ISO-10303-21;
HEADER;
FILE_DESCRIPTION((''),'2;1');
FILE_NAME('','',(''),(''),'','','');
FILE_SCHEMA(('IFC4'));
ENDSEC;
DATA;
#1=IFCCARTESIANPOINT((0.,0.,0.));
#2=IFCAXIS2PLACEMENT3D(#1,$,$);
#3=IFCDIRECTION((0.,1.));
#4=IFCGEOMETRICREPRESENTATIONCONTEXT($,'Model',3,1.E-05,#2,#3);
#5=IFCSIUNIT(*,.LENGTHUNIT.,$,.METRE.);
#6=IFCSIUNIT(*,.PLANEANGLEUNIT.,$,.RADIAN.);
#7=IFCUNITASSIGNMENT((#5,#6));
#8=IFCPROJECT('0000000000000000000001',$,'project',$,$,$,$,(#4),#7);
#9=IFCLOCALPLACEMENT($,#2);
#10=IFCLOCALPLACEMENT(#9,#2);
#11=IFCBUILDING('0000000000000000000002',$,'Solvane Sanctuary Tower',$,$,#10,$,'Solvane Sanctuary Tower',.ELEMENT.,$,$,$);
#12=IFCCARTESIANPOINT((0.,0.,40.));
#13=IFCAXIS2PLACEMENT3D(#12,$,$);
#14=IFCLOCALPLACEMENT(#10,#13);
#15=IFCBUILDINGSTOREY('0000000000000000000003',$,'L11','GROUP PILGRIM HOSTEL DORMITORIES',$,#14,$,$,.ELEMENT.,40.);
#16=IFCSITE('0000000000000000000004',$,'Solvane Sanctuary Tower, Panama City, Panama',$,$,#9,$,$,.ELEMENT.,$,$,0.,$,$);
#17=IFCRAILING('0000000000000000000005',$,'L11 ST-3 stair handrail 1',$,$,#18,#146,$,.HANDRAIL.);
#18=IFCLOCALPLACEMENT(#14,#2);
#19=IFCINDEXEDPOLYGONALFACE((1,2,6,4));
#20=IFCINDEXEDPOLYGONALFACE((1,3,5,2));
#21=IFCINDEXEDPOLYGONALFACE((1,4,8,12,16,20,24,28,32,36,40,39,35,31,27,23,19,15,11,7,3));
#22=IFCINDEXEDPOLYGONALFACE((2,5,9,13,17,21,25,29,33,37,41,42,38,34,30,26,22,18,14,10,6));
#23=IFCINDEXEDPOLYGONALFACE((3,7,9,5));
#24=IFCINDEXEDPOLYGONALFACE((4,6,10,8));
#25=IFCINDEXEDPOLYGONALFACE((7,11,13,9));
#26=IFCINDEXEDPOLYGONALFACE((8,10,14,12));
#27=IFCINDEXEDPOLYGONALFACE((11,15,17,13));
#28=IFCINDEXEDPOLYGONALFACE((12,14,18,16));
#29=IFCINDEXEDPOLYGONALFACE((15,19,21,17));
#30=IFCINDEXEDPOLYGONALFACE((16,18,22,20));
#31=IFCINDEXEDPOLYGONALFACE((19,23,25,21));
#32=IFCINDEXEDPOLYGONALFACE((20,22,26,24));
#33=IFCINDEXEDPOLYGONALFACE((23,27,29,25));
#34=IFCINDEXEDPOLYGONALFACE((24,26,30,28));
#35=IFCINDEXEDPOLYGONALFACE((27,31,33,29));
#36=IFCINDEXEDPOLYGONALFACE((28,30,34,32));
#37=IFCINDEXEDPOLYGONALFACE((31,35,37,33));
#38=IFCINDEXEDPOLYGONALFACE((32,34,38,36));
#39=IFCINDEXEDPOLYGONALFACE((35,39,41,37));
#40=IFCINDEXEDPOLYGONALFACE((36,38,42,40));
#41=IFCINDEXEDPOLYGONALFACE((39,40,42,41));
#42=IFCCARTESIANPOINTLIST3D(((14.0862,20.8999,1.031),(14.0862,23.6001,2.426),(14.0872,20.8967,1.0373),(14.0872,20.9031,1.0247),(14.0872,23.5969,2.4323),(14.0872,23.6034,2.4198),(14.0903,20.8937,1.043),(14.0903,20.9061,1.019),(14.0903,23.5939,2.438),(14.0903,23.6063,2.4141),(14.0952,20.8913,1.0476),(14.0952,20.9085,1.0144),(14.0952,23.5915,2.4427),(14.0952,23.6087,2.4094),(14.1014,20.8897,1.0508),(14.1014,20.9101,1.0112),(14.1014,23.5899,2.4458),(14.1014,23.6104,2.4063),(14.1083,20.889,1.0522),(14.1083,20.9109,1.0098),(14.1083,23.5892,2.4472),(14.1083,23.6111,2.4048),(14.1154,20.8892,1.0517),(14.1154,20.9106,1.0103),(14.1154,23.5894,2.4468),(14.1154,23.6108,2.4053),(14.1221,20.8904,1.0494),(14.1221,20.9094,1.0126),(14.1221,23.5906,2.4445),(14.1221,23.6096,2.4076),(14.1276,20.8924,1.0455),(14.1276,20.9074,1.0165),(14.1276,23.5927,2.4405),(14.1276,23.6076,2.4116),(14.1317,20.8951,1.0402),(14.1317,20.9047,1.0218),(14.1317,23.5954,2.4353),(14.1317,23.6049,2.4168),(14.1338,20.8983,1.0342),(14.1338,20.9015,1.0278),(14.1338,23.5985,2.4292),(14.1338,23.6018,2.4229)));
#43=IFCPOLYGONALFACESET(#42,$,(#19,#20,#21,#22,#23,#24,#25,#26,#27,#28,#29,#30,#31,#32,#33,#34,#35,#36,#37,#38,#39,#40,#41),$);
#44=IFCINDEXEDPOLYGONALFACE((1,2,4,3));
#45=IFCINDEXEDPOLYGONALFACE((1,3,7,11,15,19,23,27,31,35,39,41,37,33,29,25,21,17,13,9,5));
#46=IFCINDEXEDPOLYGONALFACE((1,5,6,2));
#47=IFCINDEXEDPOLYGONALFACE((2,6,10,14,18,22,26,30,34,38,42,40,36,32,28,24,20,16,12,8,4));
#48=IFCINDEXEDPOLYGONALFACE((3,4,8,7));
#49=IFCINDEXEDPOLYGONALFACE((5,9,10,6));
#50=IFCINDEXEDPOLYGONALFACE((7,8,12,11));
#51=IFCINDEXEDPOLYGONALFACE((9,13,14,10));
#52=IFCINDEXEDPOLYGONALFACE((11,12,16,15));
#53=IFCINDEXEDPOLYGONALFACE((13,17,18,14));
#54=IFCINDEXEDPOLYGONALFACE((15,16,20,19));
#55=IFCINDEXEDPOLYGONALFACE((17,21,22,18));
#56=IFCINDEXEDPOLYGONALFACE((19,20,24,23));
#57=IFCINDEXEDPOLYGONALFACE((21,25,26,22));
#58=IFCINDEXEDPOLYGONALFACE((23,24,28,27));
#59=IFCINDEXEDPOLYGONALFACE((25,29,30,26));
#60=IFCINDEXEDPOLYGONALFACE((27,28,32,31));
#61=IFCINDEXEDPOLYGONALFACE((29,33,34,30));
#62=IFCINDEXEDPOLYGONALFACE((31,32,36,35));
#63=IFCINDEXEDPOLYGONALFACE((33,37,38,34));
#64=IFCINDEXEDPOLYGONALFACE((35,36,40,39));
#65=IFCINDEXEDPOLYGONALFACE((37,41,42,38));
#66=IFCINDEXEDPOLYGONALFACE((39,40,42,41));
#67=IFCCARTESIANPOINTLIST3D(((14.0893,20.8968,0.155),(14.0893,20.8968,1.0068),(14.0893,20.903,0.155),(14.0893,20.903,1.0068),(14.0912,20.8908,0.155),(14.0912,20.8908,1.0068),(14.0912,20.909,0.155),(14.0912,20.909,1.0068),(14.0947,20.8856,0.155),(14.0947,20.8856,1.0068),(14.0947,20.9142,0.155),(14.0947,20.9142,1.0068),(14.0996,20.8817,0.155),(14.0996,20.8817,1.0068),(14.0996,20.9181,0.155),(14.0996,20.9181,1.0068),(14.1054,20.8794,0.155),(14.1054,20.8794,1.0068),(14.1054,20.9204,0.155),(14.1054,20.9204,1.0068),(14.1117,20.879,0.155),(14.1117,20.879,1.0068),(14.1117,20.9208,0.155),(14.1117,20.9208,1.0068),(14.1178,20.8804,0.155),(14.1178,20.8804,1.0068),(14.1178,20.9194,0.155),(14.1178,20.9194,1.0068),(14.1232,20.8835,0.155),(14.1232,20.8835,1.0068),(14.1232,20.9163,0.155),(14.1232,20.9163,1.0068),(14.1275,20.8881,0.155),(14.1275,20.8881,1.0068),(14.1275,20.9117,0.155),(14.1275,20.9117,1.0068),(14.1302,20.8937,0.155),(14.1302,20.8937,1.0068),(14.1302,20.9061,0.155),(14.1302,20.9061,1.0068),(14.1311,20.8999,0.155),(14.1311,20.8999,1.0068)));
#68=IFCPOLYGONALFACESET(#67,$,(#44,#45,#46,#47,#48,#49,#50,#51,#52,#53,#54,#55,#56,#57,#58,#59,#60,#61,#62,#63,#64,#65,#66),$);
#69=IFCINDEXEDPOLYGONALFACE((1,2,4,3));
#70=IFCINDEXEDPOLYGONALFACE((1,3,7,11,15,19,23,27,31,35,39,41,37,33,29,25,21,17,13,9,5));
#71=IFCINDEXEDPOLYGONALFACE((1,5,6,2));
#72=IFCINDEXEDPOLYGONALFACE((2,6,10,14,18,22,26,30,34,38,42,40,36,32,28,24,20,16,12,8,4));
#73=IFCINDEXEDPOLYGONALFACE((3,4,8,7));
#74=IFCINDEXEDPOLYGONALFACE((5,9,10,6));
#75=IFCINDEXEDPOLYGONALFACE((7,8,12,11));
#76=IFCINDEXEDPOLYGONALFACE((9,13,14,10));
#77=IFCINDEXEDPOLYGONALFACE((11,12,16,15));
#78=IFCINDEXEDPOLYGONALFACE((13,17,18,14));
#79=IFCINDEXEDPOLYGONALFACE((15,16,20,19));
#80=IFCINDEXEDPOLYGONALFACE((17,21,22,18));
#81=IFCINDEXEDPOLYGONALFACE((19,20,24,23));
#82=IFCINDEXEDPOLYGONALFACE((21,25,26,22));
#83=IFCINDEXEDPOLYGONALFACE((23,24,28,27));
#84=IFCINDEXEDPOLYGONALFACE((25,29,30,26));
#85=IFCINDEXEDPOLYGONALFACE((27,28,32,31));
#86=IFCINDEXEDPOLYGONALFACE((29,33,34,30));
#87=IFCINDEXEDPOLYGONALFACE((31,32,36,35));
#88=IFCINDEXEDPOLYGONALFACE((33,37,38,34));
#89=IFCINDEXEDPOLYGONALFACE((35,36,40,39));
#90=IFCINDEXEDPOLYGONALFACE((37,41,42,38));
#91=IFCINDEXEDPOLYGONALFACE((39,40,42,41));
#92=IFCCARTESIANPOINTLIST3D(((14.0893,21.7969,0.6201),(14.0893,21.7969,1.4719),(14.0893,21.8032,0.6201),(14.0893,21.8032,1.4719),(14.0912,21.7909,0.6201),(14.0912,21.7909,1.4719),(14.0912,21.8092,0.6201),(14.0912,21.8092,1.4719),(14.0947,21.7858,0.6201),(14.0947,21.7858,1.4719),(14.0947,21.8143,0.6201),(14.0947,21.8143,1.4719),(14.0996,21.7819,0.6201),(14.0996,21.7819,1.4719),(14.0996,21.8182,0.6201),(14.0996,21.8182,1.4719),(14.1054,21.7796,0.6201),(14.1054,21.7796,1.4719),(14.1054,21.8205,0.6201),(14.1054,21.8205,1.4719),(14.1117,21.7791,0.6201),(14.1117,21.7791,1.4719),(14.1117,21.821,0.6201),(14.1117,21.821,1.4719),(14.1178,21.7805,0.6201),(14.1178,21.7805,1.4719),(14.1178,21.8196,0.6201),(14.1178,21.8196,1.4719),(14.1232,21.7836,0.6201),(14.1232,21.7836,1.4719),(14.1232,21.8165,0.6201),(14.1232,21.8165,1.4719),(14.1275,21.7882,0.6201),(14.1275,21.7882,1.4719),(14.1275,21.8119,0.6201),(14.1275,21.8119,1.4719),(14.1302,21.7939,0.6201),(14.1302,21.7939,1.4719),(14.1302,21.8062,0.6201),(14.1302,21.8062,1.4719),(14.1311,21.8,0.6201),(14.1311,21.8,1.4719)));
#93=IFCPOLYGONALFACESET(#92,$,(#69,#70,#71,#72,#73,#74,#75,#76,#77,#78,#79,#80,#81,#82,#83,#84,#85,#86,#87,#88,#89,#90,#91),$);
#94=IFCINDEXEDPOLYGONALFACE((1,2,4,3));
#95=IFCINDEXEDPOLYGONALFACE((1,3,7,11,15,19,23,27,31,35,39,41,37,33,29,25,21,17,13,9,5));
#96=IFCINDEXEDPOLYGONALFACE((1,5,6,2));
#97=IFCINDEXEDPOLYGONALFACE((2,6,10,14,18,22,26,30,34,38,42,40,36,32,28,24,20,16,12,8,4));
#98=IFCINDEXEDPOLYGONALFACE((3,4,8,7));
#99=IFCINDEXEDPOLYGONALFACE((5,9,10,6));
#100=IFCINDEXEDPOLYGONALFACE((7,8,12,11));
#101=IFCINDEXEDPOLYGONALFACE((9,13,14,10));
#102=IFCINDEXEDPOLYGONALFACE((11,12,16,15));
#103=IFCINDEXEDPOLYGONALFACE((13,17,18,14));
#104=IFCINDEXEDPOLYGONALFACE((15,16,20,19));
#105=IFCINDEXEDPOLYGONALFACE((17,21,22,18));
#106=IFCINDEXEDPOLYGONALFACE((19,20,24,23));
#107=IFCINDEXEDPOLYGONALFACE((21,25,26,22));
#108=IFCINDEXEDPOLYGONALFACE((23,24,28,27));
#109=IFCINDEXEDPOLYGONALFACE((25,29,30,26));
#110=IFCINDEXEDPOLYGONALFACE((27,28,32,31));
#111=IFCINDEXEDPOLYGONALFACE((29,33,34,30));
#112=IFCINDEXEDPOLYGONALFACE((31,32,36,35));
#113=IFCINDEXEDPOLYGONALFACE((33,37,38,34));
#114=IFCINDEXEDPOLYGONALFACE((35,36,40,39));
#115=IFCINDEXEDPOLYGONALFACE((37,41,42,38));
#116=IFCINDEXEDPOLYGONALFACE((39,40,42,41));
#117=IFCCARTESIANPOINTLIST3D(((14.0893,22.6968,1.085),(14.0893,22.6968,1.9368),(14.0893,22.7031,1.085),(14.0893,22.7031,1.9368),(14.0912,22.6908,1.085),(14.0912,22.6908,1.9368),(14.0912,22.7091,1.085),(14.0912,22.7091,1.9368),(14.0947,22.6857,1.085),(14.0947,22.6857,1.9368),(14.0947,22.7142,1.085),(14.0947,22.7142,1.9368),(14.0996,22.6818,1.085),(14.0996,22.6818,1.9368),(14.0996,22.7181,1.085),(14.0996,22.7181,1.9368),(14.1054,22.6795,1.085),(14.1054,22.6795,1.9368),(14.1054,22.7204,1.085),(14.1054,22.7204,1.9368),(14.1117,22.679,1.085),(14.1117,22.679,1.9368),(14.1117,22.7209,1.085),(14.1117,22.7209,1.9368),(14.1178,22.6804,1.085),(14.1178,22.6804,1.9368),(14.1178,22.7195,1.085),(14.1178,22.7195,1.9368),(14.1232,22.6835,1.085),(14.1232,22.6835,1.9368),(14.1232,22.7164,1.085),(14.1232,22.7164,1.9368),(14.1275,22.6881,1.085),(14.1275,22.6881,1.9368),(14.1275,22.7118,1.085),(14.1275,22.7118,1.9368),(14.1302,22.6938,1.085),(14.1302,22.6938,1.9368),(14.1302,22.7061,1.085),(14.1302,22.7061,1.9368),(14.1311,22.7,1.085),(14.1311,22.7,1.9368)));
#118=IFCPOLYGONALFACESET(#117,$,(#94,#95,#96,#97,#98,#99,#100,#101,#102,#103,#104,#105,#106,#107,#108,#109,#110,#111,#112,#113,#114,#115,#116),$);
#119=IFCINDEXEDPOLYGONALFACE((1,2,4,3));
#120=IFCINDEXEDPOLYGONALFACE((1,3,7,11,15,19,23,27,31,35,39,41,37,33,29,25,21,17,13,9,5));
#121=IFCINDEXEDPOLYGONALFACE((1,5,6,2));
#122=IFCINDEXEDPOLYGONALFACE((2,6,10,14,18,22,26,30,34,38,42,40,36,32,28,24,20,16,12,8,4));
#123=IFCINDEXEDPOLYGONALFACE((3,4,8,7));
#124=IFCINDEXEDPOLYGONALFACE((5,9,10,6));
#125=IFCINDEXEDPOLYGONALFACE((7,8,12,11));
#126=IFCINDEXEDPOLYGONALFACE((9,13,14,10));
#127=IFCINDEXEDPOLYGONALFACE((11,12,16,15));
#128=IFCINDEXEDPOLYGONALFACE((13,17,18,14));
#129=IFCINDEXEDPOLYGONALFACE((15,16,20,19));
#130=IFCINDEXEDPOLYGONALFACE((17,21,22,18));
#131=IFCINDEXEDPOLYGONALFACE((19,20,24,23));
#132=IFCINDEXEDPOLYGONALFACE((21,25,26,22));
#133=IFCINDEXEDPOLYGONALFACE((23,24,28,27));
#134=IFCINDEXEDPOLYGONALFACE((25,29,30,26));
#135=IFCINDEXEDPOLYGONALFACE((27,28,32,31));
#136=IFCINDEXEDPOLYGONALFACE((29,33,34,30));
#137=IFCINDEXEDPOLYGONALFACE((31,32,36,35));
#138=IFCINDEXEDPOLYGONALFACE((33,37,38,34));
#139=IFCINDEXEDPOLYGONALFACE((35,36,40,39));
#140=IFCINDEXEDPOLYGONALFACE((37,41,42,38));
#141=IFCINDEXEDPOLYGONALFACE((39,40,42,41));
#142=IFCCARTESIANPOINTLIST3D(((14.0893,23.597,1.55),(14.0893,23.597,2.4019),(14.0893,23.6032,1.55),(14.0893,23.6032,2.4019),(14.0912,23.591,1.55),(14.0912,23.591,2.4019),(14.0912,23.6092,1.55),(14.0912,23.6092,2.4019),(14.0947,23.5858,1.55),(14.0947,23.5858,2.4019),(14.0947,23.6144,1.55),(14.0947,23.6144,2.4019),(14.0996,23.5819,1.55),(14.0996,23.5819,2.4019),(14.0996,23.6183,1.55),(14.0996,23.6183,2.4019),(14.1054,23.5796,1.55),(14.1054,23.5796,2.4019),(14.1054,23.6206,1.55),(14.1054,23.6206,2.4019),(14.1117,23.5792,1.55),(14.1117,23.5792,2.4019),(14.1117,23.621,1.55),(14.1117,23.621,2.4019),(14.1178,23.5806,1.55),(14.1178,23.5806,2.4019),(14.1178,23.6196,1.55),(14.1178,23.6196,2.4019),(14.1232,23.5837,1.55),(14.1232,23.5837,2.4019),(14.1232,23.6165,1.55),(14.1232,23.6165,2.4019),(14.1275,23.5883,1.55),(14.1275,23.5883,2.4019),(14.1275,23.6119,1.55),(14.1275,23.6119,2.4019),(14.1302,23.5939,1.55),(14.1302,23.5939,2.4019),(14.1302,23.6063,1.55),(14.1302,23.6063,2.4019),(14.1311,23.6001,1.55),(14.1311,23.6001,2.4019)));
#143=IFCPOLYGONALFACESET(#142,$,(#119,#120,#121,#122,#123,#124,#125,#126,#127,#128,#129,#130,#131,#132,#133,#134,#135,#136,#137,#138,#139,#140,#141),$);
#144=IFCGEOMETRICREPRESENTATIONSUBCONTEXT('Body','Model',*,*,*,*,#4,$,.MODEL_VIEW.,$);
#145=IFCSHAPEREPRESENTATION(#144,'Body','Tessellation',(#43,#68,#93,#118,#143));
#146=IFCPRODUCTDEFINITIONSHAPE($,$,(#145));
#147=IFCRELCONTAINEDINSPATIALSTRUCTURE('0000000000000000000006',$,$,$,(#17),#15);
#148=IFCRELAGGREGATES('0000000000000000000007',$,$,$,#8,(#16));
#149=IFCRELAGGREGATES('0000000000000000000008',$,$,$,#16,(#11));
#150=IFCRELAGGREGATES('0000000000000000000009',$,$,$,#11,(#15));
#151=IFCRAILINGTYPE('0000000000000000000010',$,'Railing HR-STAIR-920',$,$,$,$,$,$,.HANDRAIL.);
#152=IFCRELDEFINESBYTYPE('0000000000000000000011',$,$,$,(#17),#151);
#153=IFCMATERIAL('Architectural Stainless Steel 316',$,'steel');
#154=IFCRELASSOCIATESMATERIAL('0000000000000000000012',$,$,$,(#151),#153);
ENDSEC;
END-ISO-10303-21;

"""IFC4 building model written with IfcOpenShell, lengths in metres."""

from ifc_helpers import new_model, si_unit, direction, frame, origin, origin_2d, place, context, subcontext, project, spatial, circle, extrude, material, type_object, element, save


model = new_model("IFC4")

# Units and contexts
model_context = context("Model", 3, precision=1e-05, world=origin(), true_north=direction((0.0, 1.0)))
body_context = subcontext(model_context, "Body", "Model", "MODEL_VIEW")
ifc_project = project(units=[si_unit("LENGTHUNIT", "METRE"), si_unit("PLANEANGLEUNIT", "RADIAN")], contexts=[model_context])

# Site, building, storey
site_placement = place(None, origin())
site = spatial("IfcSite", under=ifc_project, at=site_placement, Name="Solvane Sanctuary Tower, Panama City, Panama", CompositionType="ELEMENT", RefElevation=0.0)
building_placement = place(site_placement, origin())
building = spatial("IfcBuilding", under=site, at=building_placement, Name="Solvane Sanctuary Tower", LongName="Solvane Sanctuary Tower", CompositionType="ELEMENT")
storey_placement = place(building_placement, frame((0.0, 0.0, 40.0)))
storey = spatial("IfcBuildingStorey", under=building, at=storey_placement, Name="L11", Description="GROUP PILGRIM HOSTEL DORMITORIES", CompositionType="ELEMENT", Elevation=40.0)

# Railing
ifc_material_1 = material(Name="Architectural Stainless Steel 316", Category="steel")
railing_type_1 = type_object("IfcRailingType", Name="Railing HR-STAIR-920", PredefinedType="HANDRAIL", material=ifc_material_1)
railing_1_placement = place(storey_placement, frame((14.1101, 20.8999, 0.155)))
element("IfcRailing", 1, at=railing_1_placement, inside=storey, type_object=railing_type_1, Name="L11 ST-3 stair handrail 1", PredefinedType="HANDRAIL", context=body_context, shape_type="SweptSolid", body=[
    extrude(circle(Radius=0.0239, at=origin_2d()), frame((0.0, 0.0, 0.876), z_axis=(0.0, 0.888437, 0.458999), x_axis=(-1.0, 0.0, 0.0)), (0.0, 0.0, 1.0), 3.0393),
    extrude(circle(Radius=0.021, at=origin_2d()), origin(), (0.0, 0.0, 1.0), 0.8518),
    extrude(circle(Radius=0.021, at=origin_2d()), frame((0.0, 0.9001, 0.4651)), (0.0, 0.0, 1.0), 0.8518),
    extrude(circle(Radius=0.021, at=origin_2d()), frame((0.0, 1.8, 0.9299)), (0.0, 0.0, 1.0), 0.8518),
    extrude(circle(Radius=0.021, at=origin_2d()), frame((0.0, 2.7002, 1.395)), (0.0, 0.0, 1.0), 0.8518),
])

save(model, "model.ifc")
